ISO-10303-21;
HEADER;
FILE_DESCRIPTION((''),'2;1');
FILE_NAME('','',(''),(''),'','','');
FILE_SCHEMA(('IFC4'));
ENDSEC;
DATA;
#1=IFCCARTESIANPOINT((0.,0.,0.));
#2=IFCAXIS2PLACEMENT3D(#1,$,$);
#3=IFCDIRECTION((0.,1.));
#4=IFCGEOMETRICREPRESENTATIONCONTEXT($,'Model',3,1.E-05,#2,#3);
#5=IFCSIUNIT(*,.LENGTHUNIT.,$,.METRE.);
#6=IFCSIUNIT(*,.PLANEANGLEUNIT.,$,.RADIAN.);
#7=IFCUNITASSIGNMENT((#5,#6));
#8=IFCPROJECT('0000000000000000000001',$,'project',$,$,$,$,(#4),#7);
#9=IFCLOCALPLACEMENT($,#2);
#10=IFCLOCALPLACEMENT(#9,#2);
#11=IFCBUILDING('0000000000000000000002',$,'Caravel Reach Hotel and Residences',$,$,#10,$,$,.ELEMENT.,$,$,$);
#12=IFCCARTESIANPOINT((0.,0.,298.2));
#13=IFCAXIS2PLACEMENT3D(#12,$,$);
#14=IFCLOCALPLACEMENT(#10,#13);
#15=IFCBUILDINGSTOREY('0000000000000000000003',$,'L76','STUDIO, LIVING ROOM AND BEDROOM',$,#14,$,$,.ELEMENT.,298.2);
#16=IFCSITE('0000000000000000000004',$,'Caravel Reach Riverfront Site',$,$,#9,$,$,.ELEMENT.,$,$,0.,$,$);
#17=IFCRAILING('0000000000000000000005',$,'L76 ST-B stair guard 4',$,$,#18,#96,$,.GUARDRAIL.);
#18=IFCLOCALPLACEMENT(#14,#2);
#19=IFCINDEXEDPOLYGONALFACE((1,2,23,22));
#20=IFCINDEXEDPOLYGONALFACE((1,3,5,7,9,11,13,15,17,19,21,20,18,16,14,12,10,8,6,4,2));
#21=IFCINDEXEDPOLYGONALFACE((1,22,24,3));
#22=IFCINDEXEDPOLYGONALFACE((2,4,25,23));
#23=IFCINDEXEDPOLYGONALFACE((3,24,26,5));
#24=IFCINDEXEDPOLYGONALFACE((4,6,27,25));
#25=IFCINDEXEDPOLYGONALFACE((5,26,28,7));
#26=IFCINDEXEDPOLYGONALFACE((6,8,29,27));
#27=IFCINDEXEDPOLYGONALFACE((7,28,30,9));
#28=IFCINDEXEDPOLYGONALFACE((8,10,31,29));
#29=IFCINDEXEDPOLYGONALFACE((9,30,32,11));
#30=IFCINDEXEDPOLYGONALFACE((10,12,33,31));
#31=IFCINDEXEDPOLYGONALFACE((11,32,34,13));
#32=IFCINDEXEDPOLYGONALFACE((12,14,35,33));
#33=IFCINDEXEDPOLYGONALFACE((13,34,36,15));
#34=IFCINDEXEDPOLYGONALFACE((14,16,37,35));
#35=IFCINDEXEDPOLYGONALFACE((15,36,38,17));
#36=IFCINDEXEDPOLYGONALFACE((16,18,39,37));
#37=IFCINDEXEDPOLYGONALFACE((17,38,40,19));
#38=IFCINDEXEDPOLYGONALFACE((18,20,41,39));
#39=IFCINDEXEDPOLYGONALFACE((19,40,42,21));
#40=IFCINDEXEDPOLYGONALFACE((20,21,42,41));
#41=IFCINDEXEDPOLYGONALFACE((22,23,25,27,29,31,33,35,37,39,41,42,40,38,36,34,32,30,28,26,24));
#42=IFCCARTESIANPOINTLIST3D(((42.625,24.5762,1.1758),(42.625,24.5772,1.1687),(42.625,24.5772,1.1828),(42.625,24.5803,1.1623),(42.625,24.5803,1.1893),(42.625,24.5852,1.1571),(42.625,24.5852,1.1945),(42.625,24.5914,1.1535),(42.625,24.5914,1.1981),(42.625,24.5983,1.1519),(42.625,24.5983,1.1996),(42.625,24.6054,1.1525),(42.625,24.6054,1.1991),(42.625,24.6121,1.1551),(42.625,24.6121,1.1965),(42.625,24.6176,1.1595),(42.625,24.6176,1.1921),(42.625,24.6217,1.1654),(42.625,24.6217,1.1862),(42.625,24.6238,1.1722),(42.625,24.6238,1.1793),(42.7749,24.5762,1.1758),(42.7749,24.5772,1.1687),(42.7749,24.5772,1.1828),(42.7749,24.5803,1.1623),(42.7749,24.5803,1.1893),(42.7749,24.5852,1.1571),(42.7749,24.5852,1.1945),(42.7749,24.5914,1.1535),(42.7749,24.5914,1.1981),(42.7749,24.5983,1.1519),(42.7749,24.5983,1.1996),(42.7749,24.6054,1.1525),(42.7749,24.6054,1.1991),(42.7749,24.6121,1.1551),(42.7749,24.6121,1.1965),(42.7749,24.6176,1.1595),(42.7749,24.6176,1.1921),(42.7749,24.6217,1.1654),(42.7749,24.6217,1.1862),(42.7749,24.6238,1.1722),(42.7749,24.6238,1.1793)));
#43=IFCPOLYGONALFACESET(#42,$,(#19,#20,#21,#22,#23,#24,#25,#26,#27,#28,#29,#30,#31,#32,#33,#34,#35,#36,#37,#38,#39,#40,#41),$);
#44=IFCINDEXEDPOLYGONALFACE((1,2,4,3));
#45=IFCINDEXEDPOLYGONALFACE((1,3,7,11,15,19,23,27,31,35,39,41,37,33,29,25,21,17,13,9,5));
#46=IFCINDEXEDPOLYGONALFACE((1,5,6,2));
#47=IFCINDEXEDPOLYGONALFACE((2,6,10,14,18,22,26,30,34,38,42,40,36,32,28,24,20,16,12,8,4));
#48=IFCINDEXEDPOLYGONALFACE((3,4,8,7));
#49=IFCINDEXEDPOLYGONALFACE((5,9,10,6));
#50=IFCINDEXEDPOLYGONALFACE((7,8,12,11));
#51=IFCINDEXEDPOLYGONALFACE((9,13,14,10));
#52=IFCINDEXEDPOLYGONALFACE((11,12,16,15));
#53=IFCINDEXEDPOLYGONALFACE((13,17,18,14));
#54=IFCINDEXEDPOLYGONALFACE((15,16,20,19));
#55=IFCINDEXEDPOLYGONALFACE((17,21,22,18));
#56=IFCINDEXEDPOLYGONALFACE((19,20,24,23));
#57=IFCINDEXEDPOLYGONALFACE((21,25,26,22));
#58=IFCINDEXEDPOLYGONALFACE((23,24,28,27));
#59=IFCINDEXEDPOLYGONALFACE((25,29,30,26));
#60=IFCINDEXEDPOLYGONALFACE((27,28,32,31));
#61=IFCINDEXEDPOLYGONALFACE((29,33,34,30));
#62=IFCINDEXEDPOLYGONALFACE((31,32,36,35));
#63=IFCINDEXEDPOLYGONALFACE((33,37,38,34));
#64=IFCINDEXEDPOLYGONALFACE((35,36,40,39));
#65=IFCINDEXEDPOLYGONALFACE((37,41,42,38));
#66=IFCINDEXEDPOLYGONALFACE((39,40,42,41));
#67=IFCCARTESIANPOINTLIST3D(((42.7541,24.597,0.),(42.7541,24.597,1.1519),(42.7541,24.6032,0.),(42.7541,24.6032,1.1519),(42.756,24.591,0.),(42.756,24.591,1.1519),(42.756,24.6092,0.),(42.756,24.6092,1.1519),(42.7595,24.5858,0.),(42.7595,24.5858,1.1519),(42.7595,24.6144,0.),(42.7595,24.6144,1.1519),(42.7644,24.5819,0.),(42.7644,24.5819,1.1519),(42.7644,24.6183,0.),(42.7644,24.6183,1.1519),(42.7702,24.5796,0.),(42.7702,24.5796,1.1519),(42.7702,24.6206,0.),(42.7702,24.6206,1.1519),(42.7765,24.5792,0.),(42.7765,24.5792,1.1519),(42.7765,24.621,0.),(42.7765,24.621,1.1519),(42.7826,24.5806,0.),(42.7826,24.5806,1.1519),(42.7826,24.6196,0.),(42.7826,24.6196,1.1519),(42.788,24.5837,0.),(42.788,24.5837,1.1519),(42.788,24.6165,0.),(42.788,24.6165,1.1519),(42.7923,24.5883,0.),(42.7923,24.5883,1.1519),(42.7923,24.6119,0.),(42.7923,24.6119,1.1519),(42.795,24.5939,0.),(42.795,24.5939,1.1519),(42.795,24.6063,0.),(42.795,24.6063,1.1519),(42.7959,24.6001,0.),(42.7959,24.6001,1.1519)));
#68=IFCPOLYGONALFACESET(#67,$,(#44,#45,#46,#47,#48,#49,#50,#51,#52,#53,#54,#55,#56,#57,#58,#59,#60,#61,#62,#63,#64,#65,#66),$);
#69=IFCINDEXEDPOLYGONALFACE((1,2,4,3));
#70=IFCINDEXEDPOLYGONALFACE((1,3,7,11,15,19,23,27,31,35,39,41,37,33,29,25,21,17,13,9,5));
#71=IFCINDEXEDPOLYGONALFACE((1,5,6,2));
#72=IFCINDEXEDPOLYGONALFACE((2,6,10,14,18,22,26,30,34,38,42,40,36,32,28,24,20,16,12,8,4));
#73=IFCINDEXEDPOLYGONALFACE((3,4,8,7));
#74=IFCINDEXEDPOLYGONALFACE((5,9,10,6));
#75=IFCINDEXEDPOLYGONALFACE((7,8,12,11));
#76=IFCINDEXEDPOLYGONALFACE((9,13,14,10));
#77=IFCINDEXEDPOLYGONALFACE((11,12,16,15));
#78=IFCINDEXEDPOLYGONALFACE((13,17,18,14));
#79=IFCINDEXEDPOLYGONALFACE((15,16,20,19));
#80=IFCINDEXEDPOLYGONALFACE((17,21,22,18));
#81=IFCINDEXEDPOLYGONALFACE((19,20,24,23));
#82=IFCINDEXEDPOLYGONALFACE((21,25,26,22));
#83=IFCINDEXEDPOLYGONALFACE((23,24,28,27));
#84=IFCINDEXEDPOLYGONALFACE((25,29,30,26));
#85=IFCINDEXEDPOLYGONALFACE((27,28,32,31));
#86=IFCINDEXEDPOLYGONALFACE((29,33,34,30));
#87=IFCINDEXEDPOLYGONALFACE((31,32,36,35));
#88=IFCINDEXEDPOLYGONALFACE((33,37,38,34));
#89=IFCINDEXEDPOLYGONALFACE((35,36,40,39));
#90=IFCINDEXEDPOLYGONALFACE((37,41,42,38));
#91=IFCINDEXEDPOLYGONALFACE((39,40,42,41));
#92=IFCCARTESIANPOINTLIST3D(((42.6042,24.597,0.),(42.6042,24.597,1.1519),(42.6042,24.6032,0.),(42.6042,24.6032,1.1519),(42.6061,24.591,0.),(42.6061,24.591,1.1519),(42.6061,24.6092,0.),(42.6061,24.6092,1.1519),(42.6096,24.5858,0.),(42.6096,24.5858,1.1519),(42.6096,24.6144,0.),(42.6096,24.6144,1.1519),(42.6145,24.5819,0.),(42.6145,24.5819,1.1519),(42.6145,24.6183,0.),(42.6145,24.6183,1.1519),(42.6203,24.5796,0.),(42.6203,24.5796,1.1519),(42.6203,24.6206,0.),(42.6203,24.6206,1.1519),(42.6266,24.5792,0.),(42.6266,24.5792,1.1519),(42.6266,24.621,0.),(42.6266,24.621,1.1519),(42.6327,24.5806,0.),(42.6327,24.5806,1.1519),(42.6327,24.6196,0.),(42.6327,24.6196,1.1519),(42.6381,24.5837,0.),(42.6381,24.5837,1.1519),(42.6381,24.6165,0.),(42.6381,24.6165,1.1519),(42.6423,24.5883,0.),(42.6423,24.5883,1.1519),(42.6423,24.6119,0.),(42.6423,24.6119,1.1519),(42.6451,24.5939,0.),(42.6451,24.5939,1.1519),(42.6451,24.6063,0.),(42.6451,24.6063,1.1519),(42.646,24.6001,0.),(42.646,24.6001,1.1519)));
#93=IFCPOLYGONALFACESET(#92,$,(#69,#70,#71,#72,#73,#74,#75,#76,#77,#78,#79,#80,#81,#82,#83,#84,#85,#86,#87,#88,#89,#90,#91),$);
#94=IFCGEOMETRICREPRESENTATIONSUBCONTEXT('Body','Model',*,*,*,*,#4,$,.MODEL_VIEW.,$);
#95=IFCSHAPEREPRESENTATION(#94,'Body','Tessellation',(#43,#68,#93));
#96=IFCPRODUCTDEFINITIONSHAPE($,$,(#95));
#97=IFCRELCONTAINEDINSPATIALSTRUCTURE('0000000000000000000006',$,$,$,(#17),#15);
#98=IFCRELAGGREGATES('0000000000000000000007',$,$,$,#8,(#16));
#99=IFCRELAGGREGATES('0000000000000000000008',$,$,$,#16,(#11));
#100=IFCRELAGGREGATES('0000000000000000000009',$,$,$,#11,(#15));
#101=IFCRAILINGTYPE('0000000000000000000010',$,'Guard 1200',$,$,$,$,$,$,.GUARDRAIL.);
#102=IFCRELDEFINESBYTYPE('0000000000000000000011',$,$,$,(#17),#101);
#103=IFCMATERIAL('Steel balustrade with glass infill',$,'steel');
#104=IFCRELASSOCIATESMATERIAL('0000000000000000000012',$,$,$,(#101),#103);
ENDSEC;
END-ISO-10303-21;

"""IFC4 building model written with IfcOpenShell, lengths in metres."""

from ifc_helpers import new_model, si_unit, direction, frame, origin, origin_2d, place, context, subcontext, project, spatial, circle, extrude, material, type_object, element, save


model = new_model("IFC4")

# Units and contexts
model_context = context("Model", 3, precision=1e-05, world=origin(), true_north=direction((0.0, 1.0)))
body_context = subcontext(model_context, "Body", "Model", "MODEL_VIEW")
ifc_project = project(units=[si_unit("LENGTHUNIT", "METRE"), si_unit("PLANEANGLEUNIT", "RADIAN")], contexts=[model_context])

# Site, building, storey
site_placement = place(None, origin())
site = spatial("IfcSite", under=ifc_project, at=site_placement, Name="Caravel Reach Riverfront Site", CompositionType="ELEMENT", RefElevation=0.0)
building_placement = place(site_placement, origin())
building = spatial("IfcBuilding", under=site, at=building_placement, Name="Caravel Reach Hotel and Residences", CompositionType="ELEMENT")
storey_placement = place(building_placement, frame((0.0, 0.0, 298.2)))
storey = spatial("IfcBuildingStorey", under=building, at=storey_placement, Name="L76", Description="STUDIO, LIVING ROOM AND BEDROOM", CompositionType="ELEMENT", Elevation=298.2)

# Railing
ifc_material_1 = material(Name="Steel balustrade with glass infill", Category="steel")
railing_type_1 = type_object("IfcRailingType", Name="Guard 1200", PredefinedType="GUARDRAIL", material=ifc_material_1)
railing_1_placement = place(storey_placement, frame((42.7749, 24.6001, 0.0)))
element("IfcRailing", 1, at=railing_1_placement, inside=storey, type_object=railing_type_1, Name="L76 ST-B stair guard 4", PredefinedType="GUARDRAIL", context=body_context, shape_type="SweptSolid", body=[
    extrude(circle(Radius=0.0239, at=origin_2d()), frame((0.0, 0.0, 1.1758), z_axis=(-1.0, 0.0, 0.0), x_axis=(0.0, -1.0, 0.0)), (0.0, 0.0, 1.0), 0.1499),
    extrude(circle(Radius=0.021, at=origin_2d()), origin(), (0.0, 0.0, 1.0), 1.1519),
    extrude(circle(Radius=0.021, at=origin_2d()), frame((-0.1499, 0.0, 0.0)), (0.0, 0.0, 1.0), 1.1519),
])

save(model, "model.ifc")
